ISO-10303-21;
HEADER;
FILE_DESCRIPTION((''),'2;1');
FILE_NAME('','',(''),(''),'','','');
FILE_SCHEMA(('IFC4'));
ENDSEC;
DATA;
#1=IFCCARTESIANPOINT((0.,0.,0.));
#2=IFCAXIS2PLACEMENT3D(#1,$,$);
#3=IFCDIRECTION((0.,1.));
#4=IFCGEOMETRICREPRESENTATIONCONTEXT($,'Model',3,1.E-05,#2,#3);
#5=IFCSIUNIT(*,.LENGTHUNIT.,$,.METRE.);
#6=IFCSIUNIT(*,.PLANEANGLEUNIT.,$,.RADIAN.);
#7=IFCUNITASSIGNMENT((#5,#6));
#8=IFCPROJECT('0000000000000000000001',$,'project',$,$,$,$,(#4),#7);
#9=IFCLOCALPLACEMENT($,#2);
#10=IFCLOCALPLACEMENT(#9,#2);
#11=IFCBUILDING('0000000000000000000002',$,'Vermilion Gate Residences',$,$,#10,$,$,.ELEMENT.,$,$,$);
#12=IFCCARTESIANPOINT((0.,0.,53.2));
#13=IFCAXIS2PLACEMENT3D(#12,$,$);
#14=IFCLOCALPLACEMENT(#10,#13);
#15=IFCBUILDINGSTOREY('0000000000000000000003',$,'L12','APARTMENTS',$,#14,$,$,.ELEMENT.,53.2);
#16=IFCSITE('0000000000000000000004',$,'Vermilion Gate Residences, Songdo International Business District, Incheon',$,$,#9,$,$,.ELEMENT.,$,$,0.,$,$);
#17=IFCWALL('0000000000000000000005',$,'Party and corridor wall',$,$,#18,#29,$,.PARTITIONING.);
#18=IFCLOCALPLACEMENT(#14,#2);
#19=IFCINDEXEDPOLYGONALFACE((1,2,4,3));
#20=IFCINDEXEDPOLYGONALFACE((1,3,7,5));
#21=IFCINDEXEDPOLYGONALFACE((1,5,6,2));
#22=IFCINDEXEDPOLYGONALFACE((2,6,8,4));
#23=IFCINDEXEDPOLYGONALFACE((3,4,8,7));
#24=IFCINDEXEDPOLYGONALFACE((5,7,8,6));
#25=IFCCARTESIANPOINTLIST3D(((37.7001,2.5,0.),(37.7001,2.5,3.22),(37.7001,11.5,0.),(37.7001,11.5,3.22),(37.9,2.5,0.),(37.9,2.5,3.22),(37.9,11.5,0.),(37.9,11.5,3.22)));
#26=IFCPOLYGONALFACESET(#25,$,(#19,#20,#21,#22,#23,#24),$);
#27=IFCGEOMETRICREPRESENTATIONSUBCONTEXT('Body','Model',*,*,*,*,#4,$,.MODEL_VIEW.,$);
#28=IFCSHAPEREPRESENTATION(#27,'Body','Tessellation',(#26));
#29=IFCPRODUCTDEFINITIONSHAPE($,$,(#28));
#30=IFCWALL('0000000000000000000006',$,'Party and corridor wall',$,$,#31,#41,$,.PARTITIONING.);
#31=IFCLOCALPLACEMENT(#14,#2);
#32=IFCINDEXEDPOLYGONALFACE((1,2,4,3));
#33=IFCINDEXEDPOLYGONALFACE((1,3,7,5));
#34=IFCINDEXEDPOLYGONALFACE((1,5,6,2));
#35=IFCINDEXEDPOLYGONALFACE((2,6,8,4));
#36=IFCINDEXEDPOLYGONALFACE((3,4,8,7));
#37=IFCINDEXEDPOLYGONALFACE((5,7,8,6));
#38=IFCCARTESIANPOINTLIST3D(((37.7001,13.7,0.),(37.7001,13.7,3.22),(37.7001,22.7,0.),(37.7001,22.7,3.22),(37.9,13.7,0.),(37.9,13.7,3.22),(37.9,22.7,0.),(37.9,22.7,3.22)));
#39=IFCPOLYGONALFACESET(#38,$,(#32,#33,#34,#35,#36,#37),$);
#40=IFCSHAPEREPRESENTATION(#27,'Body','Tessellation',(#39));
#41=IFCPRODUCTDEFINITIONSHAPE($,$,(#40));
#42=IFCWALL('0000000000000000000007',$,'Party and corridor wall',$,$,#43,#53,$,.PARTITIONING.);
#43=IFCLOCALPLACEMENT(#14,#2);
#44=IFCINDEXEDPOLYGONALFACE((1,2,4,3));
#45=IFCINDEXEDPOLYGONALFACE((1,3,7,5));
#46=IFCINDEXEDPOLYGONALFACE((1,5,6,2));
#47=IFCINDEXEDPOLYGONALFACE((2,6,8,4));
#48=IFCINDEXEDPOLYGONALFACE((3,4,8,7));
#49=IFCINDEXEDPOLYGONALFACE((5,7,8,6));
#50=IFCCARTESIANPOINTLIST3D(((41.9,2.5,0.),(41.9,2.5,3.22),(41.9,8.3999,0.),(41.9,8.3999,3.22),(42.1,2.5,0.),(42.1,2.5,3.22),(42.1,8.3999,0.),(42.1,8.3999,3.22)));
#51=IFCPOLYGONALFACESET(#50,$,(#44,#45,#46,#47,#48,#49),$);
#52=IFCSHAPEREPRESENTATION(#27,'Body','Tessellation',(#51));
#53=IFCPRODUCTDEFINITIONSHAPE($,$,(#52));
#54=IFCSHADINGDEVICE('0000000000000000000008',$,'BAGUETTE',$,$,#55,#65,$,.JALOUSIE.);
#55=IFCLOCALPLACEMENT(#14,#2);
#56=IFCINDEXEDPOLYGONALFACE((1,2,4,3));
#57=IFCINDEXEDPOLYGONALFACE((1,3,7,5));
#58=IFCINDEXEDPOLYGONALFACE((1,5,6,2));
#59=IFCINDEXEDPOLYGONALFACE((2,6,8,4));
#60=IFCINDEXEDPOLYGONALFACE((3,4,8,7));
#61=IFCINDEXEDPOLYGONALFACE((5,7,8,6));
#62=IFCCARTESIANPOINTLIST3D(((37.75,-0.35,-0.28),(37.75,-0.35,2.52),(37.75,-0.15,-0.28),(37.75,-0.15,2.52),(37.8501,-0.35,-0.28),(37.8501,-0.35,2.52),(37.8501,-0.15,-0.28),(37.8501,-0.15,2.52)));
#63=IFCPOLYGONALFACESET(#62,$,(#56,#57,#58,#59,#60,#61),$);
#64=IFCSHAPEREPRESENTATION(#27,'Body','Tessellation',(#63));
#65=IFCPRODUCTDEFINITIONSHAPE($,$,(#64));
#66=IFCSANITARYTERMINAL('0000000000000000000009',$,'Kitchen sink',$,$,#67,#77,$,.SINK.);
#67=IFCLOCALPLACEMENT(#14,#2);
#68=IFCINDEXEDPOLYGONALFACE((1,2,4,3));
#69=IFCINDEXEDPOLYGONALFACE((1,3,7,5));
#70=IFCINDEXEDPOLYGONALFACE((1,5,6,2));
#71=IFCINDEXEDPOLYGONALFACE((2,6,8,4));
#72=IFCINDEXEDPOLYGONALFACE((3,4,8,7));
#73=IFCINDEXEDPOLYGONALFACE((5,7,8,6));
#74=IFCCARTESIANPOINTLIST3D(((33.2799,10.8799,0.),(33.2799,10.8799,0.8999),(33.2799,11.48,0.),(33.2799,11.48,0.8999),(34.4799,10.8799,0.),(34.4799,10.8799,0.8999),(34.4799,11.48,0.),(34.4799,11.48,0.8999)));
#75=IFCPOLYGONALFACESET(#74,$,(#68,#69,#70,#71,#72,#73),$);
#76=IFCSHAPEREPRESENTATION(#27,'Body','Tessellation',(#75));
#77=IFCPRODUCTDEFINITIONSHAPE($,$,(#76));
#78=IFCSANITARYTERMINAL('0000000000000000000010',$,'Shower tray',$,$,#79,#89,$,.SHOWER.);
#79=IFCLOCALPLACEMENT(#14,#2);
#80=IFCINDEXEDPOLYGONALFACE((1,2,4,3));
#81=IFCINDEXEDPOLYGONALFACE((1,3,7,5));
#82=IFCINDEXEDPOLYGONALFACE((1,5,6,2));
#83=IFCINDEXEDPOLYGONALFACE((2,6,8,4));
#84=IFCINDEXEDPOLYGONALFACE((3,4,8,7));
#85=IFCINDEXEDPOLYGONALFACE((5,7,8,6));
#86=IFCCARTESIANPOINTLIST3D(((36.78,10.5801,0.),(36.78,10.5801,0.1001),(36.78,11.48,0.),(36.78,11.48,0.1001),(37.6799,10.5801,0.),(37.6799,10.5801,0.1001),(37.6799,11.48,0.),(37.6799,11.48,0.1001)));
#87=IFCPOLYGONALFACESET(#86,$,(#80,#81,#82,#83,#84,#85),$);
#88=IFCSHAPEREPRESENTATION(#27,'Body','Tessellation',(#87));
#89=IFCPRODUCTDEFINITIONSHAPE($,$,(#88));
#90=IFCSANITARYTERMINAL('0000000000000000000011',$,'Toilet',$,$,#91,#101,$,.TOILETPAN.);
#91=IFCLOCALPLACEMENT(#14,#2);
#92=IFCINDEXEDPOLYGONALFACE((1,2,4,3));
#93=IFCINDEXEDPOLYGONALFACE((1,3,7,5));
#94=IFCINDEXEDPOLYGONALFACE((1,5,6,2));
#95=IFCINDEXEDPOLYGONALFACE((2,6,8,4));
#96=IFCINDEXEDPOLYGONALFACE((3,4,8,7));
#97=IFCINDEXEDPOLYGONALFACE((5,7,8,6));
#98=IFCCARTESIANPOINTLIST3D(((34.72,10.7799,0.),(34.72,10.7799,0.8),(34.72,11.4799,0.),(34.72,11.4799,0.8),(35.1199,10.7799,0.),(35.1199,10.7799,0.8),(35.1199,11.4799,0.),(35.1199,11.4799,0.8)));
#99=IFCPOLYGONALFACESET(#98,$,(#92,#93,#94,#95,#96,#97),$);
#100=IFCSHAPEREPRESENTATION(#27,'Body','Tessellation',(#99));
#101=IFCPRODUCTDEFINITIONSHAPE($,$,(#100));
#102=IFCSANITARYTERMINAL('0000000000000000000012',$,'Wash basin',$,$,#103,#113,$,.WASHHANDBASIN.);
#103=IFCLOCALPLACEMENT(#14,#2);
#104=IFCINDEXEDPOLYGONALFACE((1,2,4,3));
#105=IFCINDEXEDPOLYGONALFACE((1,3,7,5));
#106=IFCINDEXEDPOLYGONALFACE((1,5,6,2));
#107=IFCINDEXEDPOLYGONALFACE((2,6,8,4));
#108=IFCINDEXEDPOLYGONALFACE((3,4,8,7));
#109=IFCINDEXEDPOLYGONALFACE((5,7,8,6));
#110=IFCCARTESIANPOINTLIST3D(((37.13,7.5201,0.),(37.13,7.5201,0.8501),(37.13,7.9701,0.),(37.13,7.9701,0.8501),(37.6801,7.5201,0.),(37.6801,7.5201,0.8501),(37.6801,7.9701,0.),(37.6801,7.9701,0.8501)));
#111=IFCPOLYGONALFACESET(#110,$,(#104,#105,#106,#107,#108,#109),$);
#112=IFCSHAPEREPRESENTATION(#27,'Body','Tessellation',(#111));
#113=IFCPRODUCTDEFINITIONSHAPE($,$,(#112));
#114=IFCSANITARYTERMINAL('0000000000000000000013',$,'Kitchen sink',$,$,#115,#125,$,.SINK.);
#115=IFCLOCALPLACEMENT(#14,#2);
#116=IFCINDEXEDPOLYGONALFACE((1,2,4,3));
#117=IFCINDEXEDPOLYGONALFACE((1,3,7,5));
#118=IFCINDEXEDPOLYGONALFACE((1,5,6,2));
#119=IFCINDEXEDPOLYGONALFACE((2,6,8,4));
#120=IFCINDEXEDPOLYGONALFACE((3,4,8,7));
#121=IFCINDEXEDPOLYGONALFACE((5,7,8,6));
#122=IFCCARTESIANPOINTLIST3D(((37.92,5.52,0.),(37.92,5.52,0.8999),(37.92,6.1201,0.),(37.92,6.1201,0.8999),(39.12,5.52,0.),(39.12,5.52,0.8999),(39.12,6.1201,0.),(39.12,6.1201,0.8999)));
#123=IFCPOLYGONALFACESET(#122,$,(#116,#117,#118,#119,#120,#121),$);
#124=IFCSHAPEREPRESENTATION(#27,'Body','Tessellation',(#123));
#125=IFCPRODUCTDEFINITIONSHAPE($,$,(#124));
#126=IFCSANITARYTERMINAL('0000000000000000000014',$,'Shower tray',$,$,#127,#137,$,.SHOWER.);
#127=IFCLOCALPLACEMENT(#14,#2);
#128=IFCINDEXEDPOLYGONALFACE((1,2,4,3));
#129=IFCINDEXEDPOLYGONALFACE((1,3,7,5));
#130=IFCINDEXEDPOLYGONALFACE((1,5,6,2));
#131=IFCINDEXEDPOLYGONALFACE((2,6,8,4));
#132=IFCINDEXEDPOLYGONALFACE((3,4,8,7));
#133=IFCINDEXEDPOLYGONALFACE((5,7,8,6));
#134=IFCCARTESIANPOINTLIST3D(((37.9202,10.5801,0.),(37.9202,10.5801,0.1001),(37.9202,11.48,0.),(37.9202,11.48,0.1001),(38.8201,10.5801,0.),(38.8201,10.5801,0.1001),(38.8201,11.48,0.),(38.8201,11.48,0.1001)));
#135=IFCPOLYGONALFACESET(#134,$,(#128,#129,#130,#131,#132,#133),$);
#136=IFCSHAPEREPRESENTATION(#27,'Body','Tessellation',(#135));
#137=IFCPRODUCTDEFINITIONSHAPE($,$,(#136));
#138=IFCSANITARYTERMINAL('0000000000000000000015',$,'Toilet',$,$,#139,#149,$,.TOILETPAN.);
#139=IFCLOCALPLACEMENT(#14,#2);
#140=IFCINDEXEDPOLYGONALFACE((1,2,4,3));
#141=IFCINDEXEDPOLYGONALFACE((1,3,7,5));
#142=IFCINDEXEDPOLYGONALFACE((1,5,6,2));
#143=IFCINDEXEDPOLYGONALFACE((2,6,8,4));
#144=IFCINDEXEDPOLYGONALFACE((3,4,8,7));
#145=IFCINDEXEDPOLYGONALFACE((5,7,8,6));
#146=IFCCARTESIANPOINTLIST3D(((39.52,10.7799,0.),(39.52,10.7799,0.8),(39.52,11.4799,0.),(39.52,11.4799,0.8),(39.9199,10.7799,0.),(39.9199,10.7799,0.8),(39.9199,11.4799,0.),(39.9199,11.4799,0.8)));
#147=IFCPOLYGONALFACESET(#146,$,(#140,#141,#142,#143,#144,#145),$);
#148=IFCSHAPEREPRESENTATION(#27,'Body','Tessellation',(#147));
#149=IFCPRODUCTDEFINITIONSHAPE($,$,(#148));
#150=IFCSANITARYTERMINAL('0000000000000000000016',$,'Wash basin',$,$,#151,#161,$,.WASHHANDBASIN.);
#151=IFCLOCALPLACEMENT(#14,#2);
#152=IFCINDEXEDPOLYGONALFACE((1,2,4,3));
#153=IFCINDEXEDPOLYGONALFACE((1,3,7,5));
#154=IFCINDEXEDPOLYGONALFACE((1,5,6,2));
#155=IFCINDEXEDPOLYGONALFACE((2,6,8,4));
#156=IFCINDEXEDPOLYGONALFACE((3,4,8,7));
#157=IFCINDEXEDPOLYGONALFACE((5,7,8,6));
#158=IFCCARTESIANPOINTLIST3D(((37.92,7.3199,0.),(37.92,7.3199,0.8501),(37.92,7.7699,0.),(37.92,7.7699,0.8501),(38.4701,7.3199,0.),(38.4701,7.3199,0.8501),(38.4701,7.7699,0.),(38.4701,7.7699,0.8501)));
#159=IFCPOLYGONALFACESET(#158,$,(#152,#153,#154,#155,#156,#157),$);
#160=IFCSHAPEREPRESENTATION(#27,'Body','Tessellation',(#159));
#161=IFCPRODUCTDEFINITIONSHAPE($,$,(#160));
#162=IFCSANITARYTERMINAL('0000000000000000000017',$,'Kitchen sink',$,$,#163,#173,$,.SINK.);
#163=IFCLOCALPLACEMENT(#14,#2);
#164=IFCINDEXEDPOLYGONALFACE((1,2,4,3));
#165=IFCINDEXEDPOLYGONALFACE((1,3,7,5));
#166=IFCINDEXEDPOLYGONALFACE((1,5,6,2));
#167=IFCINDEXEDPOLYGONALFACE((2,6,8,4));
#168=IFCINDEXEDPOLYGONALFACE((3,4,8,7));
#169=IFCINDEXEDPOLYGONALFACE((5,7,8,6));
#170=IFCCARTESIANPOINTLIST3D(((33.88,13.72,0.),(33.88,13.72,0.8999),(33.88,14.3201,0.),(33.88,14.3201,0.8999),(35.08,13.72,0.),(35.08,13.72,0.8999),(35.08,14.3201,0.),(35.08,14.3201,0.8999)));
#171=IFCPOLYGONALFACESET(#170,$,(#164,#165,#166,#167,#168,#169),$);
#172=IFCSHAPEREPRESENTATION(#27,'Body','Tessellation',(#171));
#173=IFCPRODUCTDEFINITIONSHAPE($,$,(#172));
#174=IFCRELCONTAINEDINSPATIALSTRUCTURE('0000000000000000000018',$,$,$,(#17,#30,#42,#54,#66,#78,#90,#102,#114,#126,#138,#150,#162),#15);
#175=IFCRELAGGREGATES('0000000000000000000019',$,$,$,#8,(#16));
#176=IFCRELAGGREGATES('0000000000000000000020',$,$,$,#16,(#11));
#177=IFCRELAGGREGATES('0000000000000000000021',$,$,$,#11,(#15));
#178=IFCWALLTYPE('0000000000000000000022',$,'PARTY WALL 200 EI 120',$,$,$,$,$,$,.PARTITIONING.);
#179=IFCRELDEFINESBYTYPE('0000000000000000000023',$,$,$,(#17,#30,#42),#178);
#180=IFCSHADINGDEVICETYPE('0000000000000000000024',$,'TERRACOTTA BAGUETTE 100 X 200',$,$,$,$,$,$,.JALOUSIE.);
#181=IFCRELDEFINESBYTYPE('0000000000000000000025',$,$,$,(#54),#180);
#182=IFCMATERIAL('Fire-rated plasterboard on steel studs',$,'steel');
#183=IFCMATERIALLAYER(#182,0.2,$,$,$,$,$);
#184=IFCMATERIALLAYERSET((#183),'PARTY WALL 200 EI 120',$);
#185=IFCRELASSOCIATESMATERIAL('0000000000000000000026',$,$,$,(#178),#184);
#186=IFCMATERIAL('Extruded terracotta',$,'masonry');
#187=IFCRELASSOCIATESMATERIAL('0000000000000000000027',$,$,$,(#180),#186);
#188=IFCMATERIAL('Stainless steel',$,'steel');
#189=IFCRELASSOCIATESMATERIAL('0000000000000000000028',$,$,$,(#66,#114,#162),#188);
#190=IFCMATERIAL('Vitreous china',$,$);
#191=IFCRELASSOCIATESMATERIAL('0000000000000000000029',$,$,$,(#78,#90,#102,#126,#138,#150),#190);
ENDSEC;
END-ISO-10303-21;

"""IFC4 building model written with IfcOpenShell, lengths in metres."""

from ifc_helpers import new_model, si_unit, direction, frame, frame_2d, origin, origin_2d, place, context, subcontext, project, spatial, rectangle, extrude, material, layer, layer_set, material_profile, profile_set, type_object, element, save


model = new_model("IFC4")

# Units and contexts
model_context = context("Model", 3, precision=1e-05, world=origin(), true_north=direction((0.0, 1.0)))
body_context = subcontext(model_context, "Body", "Model", "MODEL_VIEW")
ifc_project = project(units=[si_unit("LENGTHUNIT", "METRE"), si_unit("PLANEANGLEUNIT", "RADIAN")], contexts=[model_context])

# Site, building, storey
site_placement = place(None, origin())
site = spatial("IfcSite", under=ifc_project, at=site_placement, Name="Vermilion Gate Residences, Songdo International Business District, Incheon", CompositionType="ELEMENT", RefElevation=0.0)
building_placement = place(site_placement, origin())
building = spatial("IfcBuilding", under=site, at=building_placement, Name="Vermilion Gate Residences", CompositionType="ELEMENT")
storey_placement = place(building_placement, frame((0.0, 0.0, 53.2)))
storey = spatial("IfcBuildingStorey", under=building, at=storey_placement, Name="L12", Description="APARTMENTS", CompositionType="ELEMENT", Elevation=53.2)

# Walls
ifc_material_1 = material(Name="Fire-rated plasterboard on steel studs", Category="steel")
ifc_layer_1 = layer(ifc_material_1, 0.2)
ifc_layer_set_1 = layer_set([ifc_layer_1], Name="PARTY WALL 200 EI 120")
wall_type_1 = type_object("IfcWallType", Name="PARTY WALL 200 EI 120", PredefinedType="PARTITIONING", material=ifc_layer_set_1)
for number, where, z_axis, x_axis, name in (
    (1, (37.8, 2.5, 0.0), (0.0, 0.0, 1.0), (0.0, 1.0, 0.0), "Party and corridor wall"),
    (2, (37.8, 13.7, 0.0), (0.0, 0.0, 1.0), (0.0, 1.0, 0.0), "Party and corridor wall"),
):
    element("IfcWall", number, at=place(storey_placement, frame(where, z_axis=z_axis, x_axis=x_axis)), inside=storey, type_object=wall_type_1, Name=name, PredefinedType="PARTITIONING", context=body_context, shape_type="SweptSolid", body=[
        extrude(rectangle(XDim=9.0, YDim=0.2, at=frame_2d((4.5, 0.0))), origin(), (0.0, 0.0, 1.0), 3.22),
    ])
wall_1_placement = place(storey_placement, frame((42.0, 2.5, 0.0), z_axis=(0.0, 0.0, 1.0), x_axis=(0.0, 1.0, 0.0)))
element("IfcWall", 3, at=wall_1_placement, inside=storey, type_object=wall_type_1, Name="Party and corridor wall", PredefinedType="PARTITIONING", context=body_context, shape_type="SweptSolid", body=[
    extrude(rectangle(XDim=5.8999, YDim=0.2, at=frame_2d((2.95, 0.0))), origin(), (0.0, 0.0, 1.0), 3.22),
])

# Shading device
ifc_material_2 = material(Name="Extruded terracotta", Category="masonry")
ifc_material_profile_1 = material_profile(ifc_material_2, rectangle(XDim=0.2, YDim=0.1001, at=origin_2d()), Name="BAGUETTE 100 X 200")
ifc_profile_set_1 = profile_set([ifc_material_profile_1], Name="Extruded terracotta")
shading_device_type = type_object("IfcShadingDeviceType", Name="TERRACOTTA BAGUETTE 100 X 200", PredefinedType="JALOUSIE", material=ifc_profile_set_1)
shading_device_placement = place(storey_placement, frame((37.8, -0.25, -0.28), z_axis=(0.0, 0.0, 1.0), x_axis=(0.0, 1.0, 0.0)))
element("IfcShadingDevice", 4, at=shading_device_placement, inside=storey, type_object=shading_device_type, Name="BAGUETTE", PredefinedType="JALOUSIE", context=body_context, shape_type="SweptSolid", body=[
    extrude(rectangle(XDim=0.2, YDim=0.1001, at=origin_2d()), origin(), (0.0, 0.0, 1.0), 2.8),
])

# Sanitary terminals
ifc_material_3 = material(Name="Stainless steel", Category="steel")
sanitary_terminal_1_placement = place(storey_placement, frame((33.8799, 11.1799, 0.0), z_axis=(0.0, 0.0, 1.0), x_axis=(1.0, 0.0, 0.0)))
element("IfcSanitaryTerminal", 5, at=sanitary_terminal_1_placement, inside=storey, material=ifc_material_3, Name="Kitchen sink", PredefinedType="SINK", context=body_context, shape_type="SweptSolid", body=[
    extrude(rectangle(XDim=1.2, YDim=0.6001, at=origin_2d()), origin(), (0.0, 0.0, 1.0), 0.8999),
])
ifc_material_4 = material(Name="Vitreous china")
sanitary_terminal_2_placement = place(storey_placement, frame((37.23, 11.03, 0.0), z_axis=(0.0, 0.0, 1.0), x_axis=(1.0, 0.0, 0.0)))
element("IfcSanitaryTerminal", 6, at=sanitary_terminal_2_placement, inside=storey, material=ifc_material_4, Name="Shower tray", PredefinedType="SHOWER", context=body_context, shape_type="SweptSolid", body=[
    extrude(rectangle(XDim=0.8999, YDim=0.8999, at=origin_2d()), origin(), (0.0, 0.0, 1.0), 0.1001),
])
sanitary_terminal_3_placement = place(storey_placement, frame((34.9199, 11.1299, 0.0), z_axis=(0.0, 0.0, 1.0), x_axis=(1.0, 0.0, 0.0)))
element("IfcSanitaryTerminal", 7, at=sanitary_terminal_3_placement, inside=storey, material=ifc_material_4, Name="Toilet", PredefinedType="TOILETPAN", context=body_context, shape_type="SweptSolid", body=[
    extrude(rectangle(XDim=0.3999, YDim=0.7, at=origin_2d()), origin(), (0.0, 0.0, 1.0), 0.8),
])
sanitary_terminal_4_placement = place(storey_placement, frame((37.405, 7.7451, 0.0), z_axis=(0.0, 0.0, 1.0), x_axis=(1.0, 0.0, 0.0)))
element("IfcSanitaryTerminal", 8, at=sanitary_terminal_4_placement, inside=storey, material=ifc_material_4, Name="Wash basin", PredefinedType="WASHHANDBASIN", context=body_context, shape_type="SweptSolid", body=[
    extrude(rectangle(XDim=0.55, YDim=0.45, at=origin_2d()), origin(), (0.0, 0.0, 1.0), 0.8501),
])
sanitary_terminal_5_placement = place(storey_placement, frame((38.52, 5.8201, 0.0), z_axis=(0.0, 0.0, 1.0), x_axis=(1.0, 0.0, 0.0)))
element("IfcSanitaryTerminal", 9, at=sanitary_terminal_5_placement, inside=storey, material=ifc_material_3, Name="Kitchen sink", PredefinedType="SINK", context=body_context, shape_type="SweptSolid", body=[
    extrude(rectangle(XDim=1.2, YDim=0.6001, at=origin_2d()), origin(), (0.0, 0.0, 1.0), 0.8999),
])
sanitary_terminal_6_placement = place(storey_placement, frame((38.3701, 11.03, 0.0), z_axis=(0.0, 0.0, 1.0), x_axis=(1.0, 0.0, 0.0)))
element("IfcSanitaryTerminal", 10, at=sanitary_terminal_6_placement, inside=storey, material=ifc_material_4, Name="Shower tray", PredefinedType="SHOWER", context=body_context, shape_type="SweptSolid", body=[
    extrude(rectangle(XDim=0.8999, YDim=0.8999, at=origin_2d()), origin(), (0.0, 0.0, 1.0), 0.1001),
])
sanitary_terminal_7_placement = place(storey_placement, frame((39.72, 11.1299, 0.0), z_axis=(0.0, 0.0, 1.0), x_axis=(1.0, 0.0, 0.0)))
element("IfcSanitaryTerminal", 11, at=sanitary_terminal_7_placement, inside=storey, material=ifc_material_4, Name="Toilet", PredefinedType="TOILETPAN", context=body_context, shape_type="SweptSolid", body=[
    extrude(rectangle(XDim=0.3999, YDim=0.7, at=origin_2d()), origin(), (0.0, 0.0, 1.0), 0.8),
])
sanitary_terminal_8_placement = place(storey_placement, frame((38.1951, 7.5449, 0.0), z_axis=(0.0, 0.0, 1.0), x_axis=(1.0, 0.0, 0.0)))
element("IfcSanitaryTerminal", 12, at=sanitary_terminal_8_placement, inside=storey, material=ifc_material_4, Name="Wash basin", PredefinedType="WASHHANDBASIN", context=body_context, shape_type="SweptSolid", body=[
    extrude(rectangle(XDim=0.55, YDim=0.45, at=origin_2d()), origin(), (0.0, 0.0, 1.0), 0.8501),
])
sanitary_terminal_9_placement = place(storey_placement, frame((34.48, 14.02, 0.0), z_axis=(0.0, 0.0, 1.0), x_axis=(1.0, 0.0, 0.0)))
element("IfcSanitaryTerminal", 13, at=sanitary_terminal_9_placement, inside=storey, material=ifc_material_3, Name="Kitchen sink", PredefinedType="SINK", context=body_context, shape_type="SweptSolid", body=[
    extrude(rectangle(XDim=1.2, YDim=0.6001, at=origin_2d()), origin(), (0.0, 0.0, 1.0), 0.8999),
])

save(model, "model.ifc")
